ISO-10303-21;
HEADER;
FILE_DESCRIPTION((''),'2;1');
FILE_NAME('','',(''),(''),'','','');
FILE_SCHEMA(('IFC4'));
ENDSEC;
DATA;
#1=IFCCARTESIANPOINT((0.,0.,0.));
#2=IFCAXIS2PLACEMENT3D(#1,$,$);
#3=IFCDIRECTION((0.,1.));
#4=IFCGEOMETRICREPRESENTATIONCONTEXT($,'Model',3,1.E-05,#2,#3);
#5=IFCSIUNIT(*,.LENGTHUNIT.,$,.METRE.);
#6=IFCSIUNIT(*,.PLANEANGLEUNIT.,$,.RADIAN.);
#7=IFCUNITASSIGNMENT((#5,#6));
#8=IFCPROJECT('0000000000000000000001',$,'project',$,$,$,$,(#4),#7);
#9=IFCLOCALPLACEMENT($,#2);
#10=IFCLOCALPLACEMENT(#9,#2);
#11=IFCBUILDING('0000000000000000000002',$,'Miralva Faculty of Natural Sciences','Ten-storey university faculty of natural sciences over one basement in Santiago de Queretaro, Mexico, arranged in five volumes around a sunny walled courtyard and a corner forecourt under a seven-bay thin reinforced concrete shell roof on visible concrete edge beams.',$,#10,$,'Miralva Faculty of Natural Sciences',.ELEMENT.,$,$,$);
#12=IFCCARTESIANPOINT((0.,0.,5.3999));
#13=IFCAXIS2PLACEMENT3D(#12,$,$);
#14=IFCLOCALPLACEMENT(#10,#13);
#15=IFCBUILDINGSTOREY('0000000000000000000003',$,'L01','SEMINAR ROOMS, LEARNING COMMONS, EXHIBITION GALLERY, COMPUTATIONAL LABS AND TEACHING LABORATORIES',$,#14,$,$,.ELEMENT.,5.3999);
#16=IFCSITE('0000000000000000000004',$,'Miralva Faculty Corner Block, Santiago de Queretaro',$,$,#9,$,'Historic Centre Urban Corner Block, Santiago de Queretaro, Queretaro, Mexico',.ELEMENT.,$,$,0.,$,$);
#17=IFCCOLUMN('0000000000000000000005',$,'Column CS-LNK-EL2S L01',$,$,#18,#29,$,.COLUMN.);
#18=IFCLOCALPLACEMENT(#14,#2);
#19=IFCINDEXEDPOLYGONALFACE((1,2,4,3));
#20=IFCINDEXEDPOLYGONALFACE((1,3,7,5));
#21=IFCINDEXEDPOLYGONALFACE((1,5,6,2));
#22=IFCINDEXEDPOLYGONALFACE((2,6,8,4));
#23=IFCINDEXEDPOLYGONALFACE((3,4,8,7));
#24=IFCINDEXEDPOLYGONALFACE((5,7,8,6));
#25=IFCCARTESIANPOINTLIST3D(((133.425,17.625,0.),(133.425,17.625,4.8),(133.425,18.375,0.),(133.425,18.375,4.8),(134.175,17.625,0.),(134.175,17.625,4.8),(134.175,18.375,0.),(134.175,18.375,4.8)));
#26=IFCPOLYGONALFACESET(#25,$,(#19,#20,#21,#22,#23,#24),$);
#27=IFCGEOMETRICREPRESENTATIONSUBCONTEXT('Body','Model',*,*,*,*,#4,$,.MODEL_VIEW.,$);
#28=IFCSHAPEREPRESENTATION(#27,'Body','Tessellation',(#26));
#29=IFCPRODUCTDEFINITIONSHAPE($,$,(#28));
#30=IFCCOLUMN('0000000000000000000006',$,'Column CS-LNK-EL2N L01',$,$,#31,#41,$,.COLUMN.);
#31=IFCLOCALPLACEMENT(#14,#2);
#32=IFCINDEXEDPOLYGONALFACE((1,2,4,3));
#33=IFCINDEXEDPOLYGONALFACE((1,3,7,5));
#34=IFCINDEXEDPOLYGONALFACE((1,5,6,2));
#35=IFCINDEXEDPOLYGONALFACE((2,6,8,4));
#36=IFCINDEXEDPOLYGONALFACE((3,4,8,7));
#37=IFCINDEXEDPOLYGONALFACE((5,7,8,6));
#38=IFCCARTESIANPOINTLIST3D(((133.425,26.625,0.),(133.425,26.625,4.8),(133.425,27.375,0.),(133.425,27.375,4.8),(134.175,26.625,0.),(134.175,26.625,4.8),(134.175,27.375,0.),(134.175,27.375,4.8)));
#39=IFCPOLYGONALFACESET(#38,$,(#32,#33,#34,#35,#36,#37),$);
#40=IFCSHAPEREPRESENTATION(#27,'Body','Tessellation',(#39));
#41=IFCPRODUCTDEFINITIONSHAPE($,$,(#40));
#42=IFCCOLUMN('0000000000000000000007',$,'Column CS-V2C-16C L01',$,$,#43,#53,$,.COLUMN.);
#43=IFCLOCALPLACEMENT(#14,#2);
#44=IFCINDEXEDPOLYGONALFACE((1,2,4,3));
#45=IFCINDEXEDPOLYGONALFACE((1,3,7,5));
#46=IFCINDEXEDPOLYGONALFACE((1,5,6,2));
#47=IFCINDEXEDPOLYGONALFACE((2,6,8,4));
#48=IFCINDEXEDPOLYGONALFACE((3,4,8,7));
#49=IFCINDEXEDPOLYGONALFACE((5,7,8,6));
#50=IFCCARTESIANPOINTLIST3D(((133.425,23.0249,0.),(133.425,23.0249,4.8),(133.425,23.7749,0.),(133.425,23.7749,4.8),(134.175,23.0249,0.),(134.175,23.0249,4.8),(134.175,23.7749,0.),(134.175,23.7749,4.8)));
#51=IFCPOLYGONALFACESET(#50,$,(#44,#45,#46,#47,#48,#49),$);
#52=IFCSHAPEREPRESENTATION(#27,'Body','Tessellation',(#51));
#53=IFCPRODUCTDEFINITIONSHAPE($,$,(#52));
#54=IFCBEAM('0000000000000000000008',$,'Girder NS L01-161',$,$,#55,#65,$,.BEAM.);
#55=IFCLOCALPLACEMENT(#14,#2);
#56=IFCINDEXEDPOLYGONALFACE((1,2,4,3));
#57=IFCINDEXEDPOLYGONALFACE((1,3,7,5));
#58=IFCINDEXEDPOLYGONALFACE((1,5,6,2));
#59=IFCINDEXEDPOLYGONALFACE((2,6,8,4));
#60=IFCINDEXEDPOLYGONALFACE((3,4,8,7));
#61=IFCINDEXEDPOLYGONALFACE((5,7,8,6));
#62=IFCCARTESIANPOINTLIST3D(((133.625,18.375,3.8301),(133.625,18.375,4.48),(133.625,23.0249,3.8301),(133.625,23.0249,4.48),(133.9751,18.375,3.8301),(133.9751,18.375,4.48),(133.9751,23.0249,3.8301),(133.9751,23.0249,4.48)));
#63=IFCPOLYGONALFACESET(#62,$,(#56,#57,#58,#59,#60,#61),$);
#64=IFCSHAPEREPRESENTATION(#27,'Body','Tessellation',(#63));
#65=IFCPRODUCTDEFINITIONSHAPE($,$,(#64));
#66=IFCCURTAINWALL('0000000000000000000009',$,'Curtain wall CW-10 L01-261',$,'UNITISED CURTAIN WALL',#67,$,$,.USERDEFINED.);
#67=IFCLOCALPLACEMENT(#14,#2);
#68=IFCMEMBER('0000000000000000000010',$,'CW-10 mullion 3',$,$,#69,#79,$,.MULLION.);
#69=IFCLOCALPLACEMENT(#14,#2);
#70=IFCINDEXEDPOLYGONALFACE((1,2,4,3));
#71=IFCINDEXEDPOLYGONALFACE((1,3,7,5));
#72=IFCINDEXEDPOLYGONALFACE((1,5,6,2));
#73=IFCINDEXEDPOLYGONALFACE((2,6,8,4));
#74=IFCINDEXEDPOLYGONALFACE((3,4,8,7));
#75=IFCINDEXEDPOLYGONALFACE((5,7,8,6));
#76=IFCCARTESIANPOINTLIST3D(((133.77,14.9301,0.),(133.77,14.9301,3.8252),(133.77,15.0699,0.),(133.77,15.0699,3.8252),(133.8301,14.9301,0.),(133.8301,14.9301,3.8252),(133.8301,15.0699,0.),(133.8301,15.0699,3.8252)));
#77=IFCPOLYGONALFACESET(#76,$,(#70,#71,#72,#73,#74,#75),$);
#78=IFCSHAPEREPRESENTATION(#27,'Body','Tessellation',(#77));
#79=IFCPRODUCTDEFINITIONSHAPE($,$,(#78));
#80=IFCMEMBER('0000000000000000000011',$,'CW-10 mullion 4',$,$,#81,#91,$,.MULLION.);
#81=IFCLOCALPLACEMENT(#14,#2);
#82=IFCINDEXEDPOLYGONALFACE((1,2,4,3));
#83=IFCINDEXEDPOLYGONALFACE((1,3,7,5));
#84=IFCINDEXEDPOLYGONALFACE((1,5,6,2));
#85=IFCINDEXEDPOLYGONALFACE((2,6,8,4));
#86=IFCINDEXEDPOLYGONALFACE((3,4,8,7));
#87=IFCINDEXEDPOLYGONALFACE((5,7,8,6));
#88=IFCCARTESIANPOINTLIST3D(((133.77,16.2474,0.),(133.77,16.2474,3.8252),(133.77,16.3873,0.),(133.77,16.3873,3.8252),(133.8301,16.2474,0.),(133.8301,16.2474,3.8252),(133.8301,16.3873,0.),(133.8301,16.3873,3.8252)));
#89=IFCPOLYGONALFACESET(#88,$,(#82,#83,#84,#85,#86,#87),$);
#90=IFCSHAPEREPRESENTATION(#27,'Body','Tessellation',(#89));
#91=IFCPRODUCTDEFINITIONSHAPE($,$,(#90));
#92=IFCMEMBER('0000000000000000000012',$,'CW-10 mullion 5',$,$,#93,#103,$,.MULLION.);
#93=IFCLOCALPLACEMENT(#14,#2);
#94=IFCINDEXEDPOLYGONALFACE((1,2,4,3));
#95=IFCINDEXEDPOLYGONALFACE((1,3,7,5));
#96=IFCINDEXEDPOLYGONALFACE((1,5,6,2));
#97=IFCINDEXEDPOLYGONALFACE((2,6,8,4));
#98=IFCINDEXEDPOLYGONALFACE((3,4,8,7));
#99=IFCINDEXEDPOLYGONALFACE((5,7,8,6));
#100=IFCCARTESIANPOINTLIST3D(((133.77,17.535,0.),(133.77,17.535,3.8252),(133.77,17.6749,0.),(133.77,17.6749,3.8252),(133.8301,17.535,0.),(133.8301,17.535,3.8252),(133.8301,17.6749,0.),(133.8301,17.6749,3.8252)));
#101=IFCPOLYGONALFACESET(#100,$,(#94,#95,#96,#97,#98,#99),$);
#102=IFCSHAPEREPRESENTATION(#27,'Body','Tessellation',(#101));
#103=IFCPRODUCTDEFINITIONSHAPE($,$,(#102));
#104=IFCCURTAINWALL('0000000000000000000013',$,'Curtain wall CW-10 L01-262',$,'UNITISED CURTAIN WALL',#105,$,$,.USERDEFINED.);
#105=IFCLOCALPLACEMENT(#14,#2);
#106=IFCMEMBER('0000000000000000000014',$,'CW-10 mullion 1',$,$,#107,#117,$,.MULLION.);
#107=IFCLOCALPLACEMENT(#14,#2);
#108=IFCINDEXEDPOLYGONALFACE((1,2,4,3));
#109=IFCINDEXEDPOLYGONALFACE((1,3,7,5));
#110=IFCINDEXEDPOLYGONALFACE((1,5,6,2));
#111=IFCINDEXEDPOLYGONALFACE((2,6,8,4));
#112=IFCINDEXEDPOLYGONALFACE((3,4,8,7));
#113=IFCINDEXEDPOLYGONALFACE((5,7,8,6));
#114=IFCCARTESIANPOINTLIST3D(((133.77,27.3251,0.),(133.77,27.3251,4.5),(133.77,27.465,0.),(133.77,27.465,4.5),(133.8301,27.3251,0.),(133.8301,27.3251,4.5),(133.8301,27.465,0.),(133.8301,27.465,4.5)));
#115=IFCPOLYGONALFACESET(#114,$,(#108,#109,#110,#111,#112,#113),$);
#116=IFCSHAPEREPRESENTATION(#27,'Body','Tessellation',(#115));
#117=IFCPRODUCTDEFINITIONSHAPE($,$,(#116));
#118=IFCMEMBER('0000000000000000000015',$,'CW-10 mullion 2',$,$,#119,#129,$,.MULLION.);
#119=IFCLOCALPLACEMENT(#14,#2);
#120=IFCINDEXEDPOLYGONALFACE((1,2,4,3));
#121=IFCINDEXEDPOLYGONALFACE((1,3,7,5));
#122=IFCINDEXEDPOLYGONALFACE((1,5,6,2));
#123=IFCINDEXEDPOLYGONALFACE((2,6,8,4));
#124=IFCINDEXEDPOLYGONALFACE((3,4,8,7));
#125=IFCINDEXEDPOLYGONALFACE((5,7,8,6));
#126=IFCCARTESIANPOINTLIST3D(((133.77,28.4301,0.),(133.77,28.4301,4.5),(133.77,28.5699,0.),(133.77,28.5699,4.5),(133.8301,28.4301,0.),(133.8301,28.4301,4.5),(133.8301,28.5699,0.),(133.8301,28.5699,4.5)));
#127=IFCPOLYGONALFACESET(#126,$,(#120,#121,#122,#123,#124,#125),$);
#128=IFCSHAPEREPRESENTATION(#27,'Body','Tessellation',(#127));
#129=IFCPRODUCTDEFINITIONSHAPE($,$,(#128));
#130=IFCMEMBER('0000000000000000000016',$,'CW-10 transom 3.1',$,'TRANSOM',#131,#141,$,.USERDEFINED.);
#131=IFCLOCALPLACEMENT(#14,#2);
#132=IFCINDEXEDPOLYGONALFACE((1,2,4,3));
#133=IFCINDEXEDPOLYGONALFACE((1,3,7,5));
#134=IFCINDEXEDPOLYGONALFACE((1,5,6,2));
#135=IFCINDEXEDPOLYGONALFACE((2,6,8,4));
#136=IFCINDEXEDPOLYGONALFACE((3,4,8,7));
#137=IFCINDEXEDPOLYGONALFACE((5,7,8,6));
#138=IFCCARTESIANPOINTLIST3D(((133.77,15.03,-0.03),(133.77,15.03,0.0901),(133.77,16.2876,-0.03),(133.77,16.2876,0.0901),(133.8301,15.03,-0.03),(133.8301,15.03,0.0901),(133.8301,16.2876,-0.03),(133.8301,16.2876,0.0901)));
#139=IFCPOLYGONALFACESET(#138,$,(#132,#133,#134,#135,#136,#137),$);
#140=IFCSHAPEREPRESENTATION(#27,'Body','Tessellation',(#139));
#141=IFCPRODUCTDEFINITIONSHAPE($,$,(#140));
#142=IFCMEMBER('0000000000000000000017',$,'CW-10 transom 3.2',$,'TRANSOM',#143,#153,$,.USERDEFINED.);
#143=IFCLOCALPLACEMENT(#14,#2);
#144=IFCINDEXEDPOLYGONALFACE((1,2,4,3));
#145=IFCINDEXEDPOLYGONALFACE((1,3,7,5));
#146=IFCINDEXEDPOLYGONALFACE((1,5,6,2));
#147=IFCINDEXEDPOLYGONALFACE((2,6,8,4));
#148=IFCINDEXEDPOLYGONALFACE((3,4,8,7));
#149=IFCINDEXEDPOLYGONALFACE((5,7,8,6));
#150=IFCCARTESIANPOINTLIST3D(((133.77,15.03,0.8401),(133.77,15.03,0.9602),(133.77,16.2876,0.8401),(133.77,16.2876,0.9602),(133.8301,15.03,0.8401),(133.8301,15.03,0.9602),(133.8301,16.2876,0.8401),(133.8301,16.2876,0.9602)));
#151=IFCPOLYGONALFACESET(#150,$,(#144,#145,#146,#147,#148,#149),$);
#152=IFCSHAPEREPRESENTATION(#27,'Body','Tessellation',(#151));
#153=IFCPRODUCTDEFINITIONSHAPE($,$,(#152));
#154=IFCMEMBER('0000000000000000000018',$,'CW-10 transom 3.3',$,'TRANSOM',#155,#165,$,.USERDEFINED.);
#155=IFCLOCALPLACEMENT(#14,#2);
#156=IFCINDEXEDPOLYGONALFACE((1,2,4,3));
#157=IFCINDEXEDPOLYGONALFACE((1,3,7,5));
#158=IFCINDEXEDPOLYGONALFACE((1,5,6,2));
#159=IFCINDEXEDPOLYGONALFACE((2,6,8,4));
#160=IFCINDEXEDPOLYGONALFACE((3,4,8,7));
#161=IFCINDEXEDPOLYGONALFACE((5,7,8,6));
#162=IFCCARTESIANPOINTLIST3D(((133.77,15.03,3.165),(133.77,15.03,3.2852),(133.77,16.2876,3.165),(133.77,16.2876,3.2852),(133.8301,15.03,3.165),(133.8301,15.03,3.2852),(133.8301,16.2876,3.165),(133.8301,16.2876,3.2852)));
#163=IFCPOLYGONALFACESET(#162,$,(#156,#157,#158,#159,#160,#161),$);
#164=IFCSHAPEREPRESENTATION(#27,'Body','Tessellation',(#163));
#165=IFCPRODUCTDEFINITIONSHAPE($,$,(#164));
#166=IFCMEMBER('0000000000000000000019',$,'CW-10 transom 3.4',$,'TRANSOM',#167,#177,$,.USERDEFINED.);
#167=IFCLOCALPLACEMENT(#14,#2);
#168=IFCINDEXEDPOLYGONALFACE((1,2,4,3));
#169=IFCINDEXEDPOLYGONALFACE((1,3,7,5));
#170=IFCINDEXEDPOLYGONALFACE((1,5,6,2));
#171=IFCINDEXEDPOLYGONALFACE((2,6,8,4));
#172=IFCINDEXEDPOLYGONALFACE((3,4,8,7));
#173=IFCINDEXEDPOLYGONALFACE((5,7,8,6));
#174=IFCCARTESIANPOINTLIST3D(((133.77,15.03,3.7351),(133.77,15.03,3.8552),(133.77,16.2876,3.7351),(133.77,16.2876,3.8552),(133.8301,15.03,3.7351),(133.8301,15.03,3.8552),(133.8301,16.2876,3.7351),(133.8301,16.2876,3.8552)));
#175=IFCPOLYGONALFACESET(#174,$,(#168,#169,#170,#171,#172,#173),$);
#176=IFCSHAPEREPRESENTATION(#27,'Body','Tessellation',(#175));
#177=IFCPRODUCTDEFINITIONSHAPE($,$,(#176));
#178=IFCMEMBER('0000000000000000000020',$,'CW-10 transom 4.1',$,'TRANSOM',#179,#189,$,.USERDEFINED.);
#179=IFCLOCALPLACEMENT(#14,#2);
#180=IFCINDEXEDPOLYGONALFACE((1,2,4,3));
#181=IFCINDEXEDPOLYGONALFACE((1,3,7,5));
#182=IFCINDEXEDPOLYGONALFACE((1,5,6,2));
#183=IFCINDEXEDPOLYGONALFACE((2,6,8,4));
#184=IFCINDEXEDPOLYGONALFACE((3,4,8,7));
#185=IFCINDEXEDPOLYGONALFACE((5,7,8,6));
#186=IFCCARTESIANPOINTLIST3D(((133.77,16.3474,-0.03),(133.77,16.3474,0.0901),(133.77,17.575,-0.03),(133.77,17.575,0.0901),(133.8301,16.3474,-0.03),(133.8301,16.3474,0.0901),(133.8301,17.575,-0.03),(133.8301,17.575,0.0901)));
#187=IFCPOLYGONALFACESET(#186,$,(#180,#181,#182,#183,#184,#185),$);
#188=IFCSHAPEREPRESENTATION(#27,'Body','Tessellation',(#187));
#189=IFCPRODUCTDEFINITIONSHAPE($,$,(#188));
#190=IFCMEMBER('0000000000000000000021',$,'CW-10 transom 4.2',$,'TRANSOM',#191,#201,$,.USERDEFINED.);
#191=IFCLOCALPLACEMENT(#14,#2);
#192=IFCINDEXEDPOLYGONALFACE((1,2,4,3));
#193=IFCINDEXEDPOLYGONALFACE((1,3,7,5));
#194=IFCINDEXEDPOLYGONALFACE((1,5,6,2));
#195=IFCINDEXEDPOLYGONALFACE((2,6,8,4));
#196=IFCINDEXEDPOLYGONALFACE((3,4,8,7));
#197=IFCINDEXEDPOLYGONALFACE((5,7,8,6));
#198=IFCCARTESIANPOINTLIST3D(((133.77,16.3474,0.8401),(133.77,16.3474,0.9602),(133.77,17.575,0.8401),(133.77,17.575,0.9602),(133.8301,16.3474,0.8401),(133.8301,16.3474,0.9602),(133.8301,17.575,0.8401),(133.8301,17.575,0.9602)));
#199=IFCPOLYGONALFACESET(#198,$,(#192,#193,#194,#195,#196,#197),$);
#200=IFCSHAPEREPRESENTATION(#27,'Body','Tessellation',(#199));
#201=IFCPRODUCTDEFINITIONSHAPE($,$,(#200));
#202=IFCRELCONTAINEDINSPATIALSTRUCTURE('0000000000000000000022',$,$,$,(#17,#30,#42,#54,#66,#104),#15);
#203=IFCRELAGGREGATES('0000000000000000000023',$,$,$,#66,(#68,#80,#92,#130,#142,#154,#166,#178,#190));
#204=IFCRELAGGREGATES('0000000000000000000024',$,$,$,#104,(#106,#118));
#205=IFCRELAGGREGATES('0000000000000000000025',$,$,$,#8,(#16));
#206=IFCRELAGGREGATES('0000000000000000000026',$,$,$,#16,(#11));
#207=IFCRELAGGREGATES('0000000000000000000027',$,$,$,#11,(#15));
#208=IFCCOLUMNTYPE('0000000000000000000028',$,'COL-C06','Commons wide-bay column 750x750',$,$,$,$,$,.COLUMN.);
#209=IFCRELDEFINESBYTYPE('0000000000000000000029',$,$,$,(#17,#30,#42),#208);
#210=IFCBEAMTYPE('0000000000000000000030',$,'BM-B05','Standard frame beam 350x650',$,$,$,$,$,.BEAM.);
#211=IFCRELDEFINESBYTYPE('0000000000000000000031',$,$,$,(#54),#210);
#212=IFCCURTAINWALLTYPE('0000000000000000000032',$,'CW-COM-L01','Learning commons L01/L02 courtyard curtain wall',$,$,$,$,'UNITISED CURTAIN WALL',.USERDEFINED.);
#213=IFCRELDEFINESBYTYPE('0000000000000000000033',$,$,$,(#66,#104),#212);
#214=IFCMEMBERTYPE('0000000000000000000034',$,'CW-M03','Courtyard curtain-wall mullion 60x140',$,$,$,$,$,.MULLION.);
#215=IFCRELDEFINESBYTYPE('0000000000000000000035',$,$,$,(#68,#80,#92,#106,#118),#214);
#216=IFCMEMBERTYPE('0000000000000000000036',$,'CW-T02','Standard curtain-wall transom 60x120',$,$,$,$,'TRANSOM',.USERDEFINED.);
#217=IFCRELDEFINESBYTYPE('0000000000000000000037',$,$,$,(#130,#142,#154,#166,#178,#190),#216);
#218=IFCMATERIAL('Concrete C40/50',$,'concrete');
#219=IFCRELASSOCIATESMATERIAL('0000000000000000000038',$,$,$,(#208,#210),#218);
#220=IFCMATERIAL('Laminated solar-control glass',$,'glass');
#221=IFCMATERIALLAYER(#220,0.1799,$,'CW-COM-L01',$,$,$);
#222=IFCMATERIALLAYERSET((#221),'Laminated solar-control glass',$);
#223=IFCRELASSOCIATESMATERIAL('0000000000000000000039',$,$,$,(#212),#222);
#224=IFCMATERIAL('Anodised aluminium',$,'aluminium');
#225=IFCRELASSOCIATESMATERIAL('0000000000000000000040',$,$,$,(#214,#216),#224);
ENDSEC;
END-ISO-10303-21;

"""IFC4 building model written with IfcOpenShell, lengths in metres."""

from ifc_helpers import new_model, si_unit, direction, frame, origin, origin_2d, place, context, subcontext, project, spatial, rectangle, extrude, material, layer, layer_set, material_profile, profile_set, type_object, element, aggregate, save


model = new_model("IFC4")

# Units and contexts
model_context = context("Model", 3, precision=1e-05, world=origin(), true_north=direction((0.0, 1.0)))
body_context = subcontext(model_context, "Body", "Model", "MODEL_VIEW")
ifc_project = project(units=[si_unit("LENGTHUNIT", "METRE"), si_unit("PLANEANGLEUNIT", "RADIAN")], contexts=[model_context])

# Site, building, storey
site_placement = place(None, origin())
site = spatial("IfcSite", under=ifc_project, at=site_placement, Name="Miralva Faculty Corner Block, Santiago de Queretaro", LongName="Historic Centre Urban Corner Block, Santiago de Queretaro, Queretaro, Mexico", CompositionType="ELEMENT", RefElevation=0.0)
building_placement = place(site_placement, origin())
building = spatial("IfcBuilding", under=site, at=building_placement, Name="Miralva Faculty of Natural Sciences", Description="Ten-storey university faculty of natural sciences over one basement in Santiago de Queretaro, Mexico, arranged in five volumes around a sunny walled courtyard and a corner forecourt under a seven-bay thin reinforced concrete shell roof on visible concrete edge beams.", LongName="Miralva Faculty of Natural Sciences", CompositionType="ELEMENT")
storey_placement = place(building_placement, frame((0.0, 0.0, 5.3999)))
storey = spatial("IfcBuildingStorey", under=building, at=storey_placement, Name="L01", Description="SEMINAR ROOMS, LEARNING COMMONS, EXHIBITION GALLERY, COMPUTATIONAL LABS AND TEACHING LABORATORIES", CompositionType="ELEMENT", Elevation=5.3999)

# Columns
ifc_material_1 = material(Name="Concrete C40/50", Category="concrete")
ifc_material_profile_1 = material_profile(ifc_material_1, rectangle(XDim=0.75, YDim=0.75, at=origin_2d()), Name="RC 750x750")
ifc_profile_set_1 = profile_set([ifc_material_profile_1], Name="Concrete C40/50")
column_type = type_object("IfcColumnType", Name="COL-C06", Description="Commons wide-bay column 750x750", PredefinedType="COLUMN", material=ifc_profile_set_1)
for number, where, z_axis, x_axis, name in (
    (1, (133.8, 18.0, 0.0), (0.0, 0.0, 1.0), (1.0, 0.0, 0.0), "Column CS-LNK-EL2S L01"),
    (2, (133.8, 27.0, 0.0), (0.0, 0.0, 1.0), (1.0, 0.0, 0.0), "Column CS-LNK-EL2N L01"),
    (3, (133.8, 23.3999, 0.0), (0.0, 0.0, 1.0), (1.0, 0.0, 0.0), "Column CS-V2C-16C L01"),
):
    element("IfcColumn", number, at=place(storey_placement, frame(where, z_axis=z_axis, x_axis=x_axis)), inside=storey, type_object=column_type, Name=name, PredefinedType="COLUMN", context=body_context, shape_type="SweptSolid", body=[
        extrude(rectangle(XDim=0.75, YDim=0.75, at=origin_2d()), origin(), (0.0, 0.0, 1.0), 4.8),
    ])

# Beam
ifc_material_profile_2 = material_profile(ifc_material_1, rectangle(XDim=0.3501, YDim=0.6499, at=origin_2d()), Name="RC 350x650")
ifc_profile_set_2 = profile_set([ifc_material_profile_2], Name="Concrete C40/50")
beam_type = type_object("IfcBeamType", Name="BM-B05", Description="Standard frame beam 350x650", PredefinedType="BEAM", material=ifc_profile_set_2)
beam_placement = place(storey_placement, frame((133.8, 18.375, 4.155), z_axis=(0.0, 1.0, 0.0), x_axis=(-1.0, 0.0, 0.0)))
element("IfcBeam", 4, at=beam_placement, inside=storey, type_object=beam_type, Name="Girder NS L01-161", PredefinedType="BEAM", context=body_context, shape_type="SweptSolid", body=[
    extrude(rectangle(XDim=0.3501, YDim=0.6499, at=origin_2d()), origin(), (0.0, 0.0, 1.0), 4.6499),
])

# Curtain walls, members
ifc_material_2 = material(Name="Laminated solar-control glass", Category="glass")
ifc_layer_1 = layer(ifc_material_2, 0.1799, Name="CW-COM-L01")
ifc_layer_set_1 = layer_set([ifc_layer_1], Name="Laminated solar-control glass")
curtain_wall_type = type_object("IfcCurtainWallType", Name="CW-COM-L01", Description="Learning commons L01/L02 courtyard curtain wall", ElementType="UNITISED CURTAIN WALL", PredefinedType="USERDEFINED", material=ifc_layer_set_1)
curtain_wall_1_placement = place(storey_placement, origin())
curtain_wall_1 = element("IfcCurtainWall", 5, at=curtain_wall_1_placement, inside=storey, type_object=curtain_wall_type, Name="Curtain wall CW-10 L01-261", ObjectType="UNITISED CURTAIN WALL", PredefinedType="USERDEFINED")
ifc_material_3 = material(Name="Anodised aluminium", Category="aluminium")
ifc_material_profile_3 = material_profile(ifc_material_3, rectangle(XDim=0.0601, YDim=0.1399, at=origin_2d()), Name="MULLION 60x140")
ifc_profile_set_3 = profile_set([ifc_material_profile_3], Name="Anodised aluminium")
member_type_1 = type_object("IfcMemberType", Name="CW-M03", Description="Courtyard curtain-wall mullion 60x140", PredefinedType="MULLION", material=ifc_profile_set_3)
member_1_placement = place(storey_placement, frame((133.8, 15.0, 0.0), z_axis=(0.0, 0.0, 1.0), x_axis=(-1.0, 0.0, 0.0)))
member_1 = element("IfcMember", 6, at=member_1_placement, type_object=member_type_1, Name="CW-10 mullion 3", PredefinedType="MULLION", context=body_context, shape_type="SweptSolid", body=[
    extrude(rectangle(XDim=0.0601, YDim=0.1399, at=origin_2d()), origin(), (0.0, 0.0, 1.0), 3.8252),
])
member_2_placement = place(storey_placement, frame((133.8, 16.3174, 0.0), z_axis=(0.0, 0.0, 1.0), x_axis=(-1.0, 0.0, 0.0)))
member_2 = element("IfcMember", 7, at=member_2_placement, type_object=member_type_1, Name="CW-10 mullion 4", PredefinedType="MULLION", context=body_context, shape_type="SweptSolid", body=[
    extrude(rectangle(XDim=0.0601, YDim=0.1399, at=origin_2d()), origin(), (0.0, 0.0, 1.0), 3.8252),
])
member_3_placement = place(storey_placement, frame((133.8, 17.605, 0.0), z_axis=(0.0, 0.0, 1.0), x_axis=(-1.0, 0.0, 0.0)))
member_3 = element("IfcMember", 8, at=member_3_placement, type_object=member_type_1, Name="CW-10 mullion 5", PredefinedType="MULLION", context=body_context, shape_type="SweptSolid", body=[
    extrude(rectangle(XDim=0.0601, YDim=0.1399, at=origin_2d()), origin(), (0.0, 0.0, 1.0), 3.8252),
])
curtain_wall_2_placement = place(storey_placement, origin())
curtain_wall_2 = element("IfcCurtainWall", 9, at=curtain_wall_2_placement, inside=storey, type_object=curtain_wall_type, Name="Curtain wall CW-10 L01-262", ObjectType="UNITISED CURTAIN WALL", PredefinedType="USERDEFINED")
member_4_placement = place(storey_placement, frame((133.8, 27.395, 0.0), z_axis=(0.0, 0.0, 1.0), x_axis=(-1.0, 0.0, 0.0)))
member_4 = element("IfcMember", 10, at=member_4_placement, type_object=member_type_1, Name="CW-10 mullion 1", PredefinedType="MULLION", context=body_context, shape_type="SweptSolid", body=[
    extrude(rectangle(XDim=0.0601, YDim=0.1399, at=origin_2d()), origin(), (0.0, 0.0, 1.0), 4.5),
])
member_5_placement = place(storey_placement, frame((133.8, 28.5, 0.0), z_axis=(0.0, 0.0, 1.0), x_axis=(-1.0, 0.0, 0.0)))
member_5 = element("IfcMember", 11, at=member_5_placement, type_object=member_type_1, Name="CW-10 mullion 2", PredefinedType="MULLION", context=body_context, shape_type="SweptSolid", body=[
    extrude(rectangle(XDim=0.0601, YDim=0.1399, at=origin_2d()), origin(), (0.0, 0.0, 1.0), 4.5),
])

# Members
ifc_material_profile_4 = material_profile(ifc_material_3, rectangle(XDim=0.0601, YDim=0.1201, at=origin_2d()), Name="TRANSOM 60x120")
ifc_profile_set_4 = profile_set([ifc_material_profile_4], Name="Anodised aluminium")
member_type_2 = type_object("IfcMemberType", Name="CW-T02", Description="Standard curtain-wall transom 60x120", ElementType="TRANSOM", PredefinedType="USERDEFINED", material=ifc_profile_set_4)
member_6_placement = place(storey_placement, frame((133.8, 15.03, 0.03), z_axis=(0.0, 1.0, 0.0), x_axis=(-1.0, 0.0, 0.0)))
member_6 = element("IfcMember", 12, at=member_6_placement, type_object=member_type_2, Name="CW-10 transom 3.1", ObjectType="TRANSOM", PredefinedType="USERDEFINED", context=body_context, shape_type="SweptSolid", body=[
    extrude(rectangle(XDim=0.0601, YDim=0.1201, at=origin_2d()), origin(), (0.0, 0.0, 1.0), 1.2576),
])
member_7_placement = place(storey_placement, frame((133.8, 15.03, 0.9001), z_axis=(0.0, 1.0, 0.0), x_axis=(-1.0, 0.0, 0.0)))
member_7 = element("IfcMember", 13, at=member_7_placement, type_object=member_type_2, Name="CW-10 transom 3.2", ObjectType="TRANSOM", PredefinedType="USERDEFINED", context=body_context, shape_type="SweptSolid", body=[
    extrude(rectangle(XDim=0.0601, YDim=0.1201, at=origin_2d()), origin(), (0.0, 0.0, 1.0), 1.2576),
])
member_8_placement = place(storey_placement, frame((133.8, 15.03, 3.2251), z_axis=(0.0, 1.0, 0.0), x_axis=(-1.0, 0.0, 0.0)))
member_8 = element("IfcMember", 14, at=member_8_placement, type_object=member_type_2, Name="CW-10 transom 3.3", ObjectType="TRANSOM", PredefinedType="USERDEFINED", context=body_context, shape_type="SweptSolid", body=[
    extrude(rectangle(XDim=0.0601, YDim=0.1201, at=origin_2d()), origin(), (0.0, 0.0, 1.0), 1.2576),
])
member_9_placement = place(storey_placement, frame((133.8, 15.03, 3.7952), z_axis=(0.0, 1.0, 0.0), x_axis=(-1.0, 0.0, 0.0)))
member_9 = element("IfcMember", 15, at=member_9_placement, type_object=member_type_2, Name="CW-10 transom 3.4", ObjectType="TRANSOM", PredefinedType="USERDEFINED", context=body_context, shape_type="SweptSolid", body=[
    extrude(rectangle(XDim=0.0601, YDim=0.1201, at=origin_2d()), origin(), (0.0, 0.0, 1.0), 1.2576),
])
member_10_placement = place(storey_placement, frame((133.8, 16.3474, 0.03), z_axis=(0.0, 1.0, 0.0), x_axis=(-1.0, 0.0, 0.0)))
member_10 = element("IfcMember", 16, at=member_10_placement, type_object=member_type_2, Name="CW-10 transom 4.1", ObjectType="TRANSOM", PredefinedType="USERDEFINED", context=body_context, shape_type="SweptSolid", body=[
    extrude(rectangle(XDim=0.0601, YDim=0.1201, at=origin_2d()), origin(), (0.0, 0.0, 1.0), 1.2275),
])
member_11_placement = place(storey_placement, frame((133.8, 16.3474, 0.9001), z_axis=(0.0, 1.0, 0.0), x_axis=(-1.0, 0.0, 0.0)))
member_11 = element("IfcMember", 17, at=member_11_placement, type_object=member_type_2, Name="CW-10 transom 4.2", ObjectType="TRANSOM", PredefinedType="USERDEFINED", context=body_context, shape_type="SweptSolid", body=[
    extrude(rectangle(XDim=0.0601, YDim=0.1201, at=origin_2d()), origin(), (0.0, 0.0, 1.0), 1.2275),
])

aggregate(curtain_wall_1, [member_1, member_2, member_3, member_6, member_7, member_8, member_9, member_10, member_11])
aggregate(curtain_wall_2, [member_4, member_5])

save(model, "model.ifc")
